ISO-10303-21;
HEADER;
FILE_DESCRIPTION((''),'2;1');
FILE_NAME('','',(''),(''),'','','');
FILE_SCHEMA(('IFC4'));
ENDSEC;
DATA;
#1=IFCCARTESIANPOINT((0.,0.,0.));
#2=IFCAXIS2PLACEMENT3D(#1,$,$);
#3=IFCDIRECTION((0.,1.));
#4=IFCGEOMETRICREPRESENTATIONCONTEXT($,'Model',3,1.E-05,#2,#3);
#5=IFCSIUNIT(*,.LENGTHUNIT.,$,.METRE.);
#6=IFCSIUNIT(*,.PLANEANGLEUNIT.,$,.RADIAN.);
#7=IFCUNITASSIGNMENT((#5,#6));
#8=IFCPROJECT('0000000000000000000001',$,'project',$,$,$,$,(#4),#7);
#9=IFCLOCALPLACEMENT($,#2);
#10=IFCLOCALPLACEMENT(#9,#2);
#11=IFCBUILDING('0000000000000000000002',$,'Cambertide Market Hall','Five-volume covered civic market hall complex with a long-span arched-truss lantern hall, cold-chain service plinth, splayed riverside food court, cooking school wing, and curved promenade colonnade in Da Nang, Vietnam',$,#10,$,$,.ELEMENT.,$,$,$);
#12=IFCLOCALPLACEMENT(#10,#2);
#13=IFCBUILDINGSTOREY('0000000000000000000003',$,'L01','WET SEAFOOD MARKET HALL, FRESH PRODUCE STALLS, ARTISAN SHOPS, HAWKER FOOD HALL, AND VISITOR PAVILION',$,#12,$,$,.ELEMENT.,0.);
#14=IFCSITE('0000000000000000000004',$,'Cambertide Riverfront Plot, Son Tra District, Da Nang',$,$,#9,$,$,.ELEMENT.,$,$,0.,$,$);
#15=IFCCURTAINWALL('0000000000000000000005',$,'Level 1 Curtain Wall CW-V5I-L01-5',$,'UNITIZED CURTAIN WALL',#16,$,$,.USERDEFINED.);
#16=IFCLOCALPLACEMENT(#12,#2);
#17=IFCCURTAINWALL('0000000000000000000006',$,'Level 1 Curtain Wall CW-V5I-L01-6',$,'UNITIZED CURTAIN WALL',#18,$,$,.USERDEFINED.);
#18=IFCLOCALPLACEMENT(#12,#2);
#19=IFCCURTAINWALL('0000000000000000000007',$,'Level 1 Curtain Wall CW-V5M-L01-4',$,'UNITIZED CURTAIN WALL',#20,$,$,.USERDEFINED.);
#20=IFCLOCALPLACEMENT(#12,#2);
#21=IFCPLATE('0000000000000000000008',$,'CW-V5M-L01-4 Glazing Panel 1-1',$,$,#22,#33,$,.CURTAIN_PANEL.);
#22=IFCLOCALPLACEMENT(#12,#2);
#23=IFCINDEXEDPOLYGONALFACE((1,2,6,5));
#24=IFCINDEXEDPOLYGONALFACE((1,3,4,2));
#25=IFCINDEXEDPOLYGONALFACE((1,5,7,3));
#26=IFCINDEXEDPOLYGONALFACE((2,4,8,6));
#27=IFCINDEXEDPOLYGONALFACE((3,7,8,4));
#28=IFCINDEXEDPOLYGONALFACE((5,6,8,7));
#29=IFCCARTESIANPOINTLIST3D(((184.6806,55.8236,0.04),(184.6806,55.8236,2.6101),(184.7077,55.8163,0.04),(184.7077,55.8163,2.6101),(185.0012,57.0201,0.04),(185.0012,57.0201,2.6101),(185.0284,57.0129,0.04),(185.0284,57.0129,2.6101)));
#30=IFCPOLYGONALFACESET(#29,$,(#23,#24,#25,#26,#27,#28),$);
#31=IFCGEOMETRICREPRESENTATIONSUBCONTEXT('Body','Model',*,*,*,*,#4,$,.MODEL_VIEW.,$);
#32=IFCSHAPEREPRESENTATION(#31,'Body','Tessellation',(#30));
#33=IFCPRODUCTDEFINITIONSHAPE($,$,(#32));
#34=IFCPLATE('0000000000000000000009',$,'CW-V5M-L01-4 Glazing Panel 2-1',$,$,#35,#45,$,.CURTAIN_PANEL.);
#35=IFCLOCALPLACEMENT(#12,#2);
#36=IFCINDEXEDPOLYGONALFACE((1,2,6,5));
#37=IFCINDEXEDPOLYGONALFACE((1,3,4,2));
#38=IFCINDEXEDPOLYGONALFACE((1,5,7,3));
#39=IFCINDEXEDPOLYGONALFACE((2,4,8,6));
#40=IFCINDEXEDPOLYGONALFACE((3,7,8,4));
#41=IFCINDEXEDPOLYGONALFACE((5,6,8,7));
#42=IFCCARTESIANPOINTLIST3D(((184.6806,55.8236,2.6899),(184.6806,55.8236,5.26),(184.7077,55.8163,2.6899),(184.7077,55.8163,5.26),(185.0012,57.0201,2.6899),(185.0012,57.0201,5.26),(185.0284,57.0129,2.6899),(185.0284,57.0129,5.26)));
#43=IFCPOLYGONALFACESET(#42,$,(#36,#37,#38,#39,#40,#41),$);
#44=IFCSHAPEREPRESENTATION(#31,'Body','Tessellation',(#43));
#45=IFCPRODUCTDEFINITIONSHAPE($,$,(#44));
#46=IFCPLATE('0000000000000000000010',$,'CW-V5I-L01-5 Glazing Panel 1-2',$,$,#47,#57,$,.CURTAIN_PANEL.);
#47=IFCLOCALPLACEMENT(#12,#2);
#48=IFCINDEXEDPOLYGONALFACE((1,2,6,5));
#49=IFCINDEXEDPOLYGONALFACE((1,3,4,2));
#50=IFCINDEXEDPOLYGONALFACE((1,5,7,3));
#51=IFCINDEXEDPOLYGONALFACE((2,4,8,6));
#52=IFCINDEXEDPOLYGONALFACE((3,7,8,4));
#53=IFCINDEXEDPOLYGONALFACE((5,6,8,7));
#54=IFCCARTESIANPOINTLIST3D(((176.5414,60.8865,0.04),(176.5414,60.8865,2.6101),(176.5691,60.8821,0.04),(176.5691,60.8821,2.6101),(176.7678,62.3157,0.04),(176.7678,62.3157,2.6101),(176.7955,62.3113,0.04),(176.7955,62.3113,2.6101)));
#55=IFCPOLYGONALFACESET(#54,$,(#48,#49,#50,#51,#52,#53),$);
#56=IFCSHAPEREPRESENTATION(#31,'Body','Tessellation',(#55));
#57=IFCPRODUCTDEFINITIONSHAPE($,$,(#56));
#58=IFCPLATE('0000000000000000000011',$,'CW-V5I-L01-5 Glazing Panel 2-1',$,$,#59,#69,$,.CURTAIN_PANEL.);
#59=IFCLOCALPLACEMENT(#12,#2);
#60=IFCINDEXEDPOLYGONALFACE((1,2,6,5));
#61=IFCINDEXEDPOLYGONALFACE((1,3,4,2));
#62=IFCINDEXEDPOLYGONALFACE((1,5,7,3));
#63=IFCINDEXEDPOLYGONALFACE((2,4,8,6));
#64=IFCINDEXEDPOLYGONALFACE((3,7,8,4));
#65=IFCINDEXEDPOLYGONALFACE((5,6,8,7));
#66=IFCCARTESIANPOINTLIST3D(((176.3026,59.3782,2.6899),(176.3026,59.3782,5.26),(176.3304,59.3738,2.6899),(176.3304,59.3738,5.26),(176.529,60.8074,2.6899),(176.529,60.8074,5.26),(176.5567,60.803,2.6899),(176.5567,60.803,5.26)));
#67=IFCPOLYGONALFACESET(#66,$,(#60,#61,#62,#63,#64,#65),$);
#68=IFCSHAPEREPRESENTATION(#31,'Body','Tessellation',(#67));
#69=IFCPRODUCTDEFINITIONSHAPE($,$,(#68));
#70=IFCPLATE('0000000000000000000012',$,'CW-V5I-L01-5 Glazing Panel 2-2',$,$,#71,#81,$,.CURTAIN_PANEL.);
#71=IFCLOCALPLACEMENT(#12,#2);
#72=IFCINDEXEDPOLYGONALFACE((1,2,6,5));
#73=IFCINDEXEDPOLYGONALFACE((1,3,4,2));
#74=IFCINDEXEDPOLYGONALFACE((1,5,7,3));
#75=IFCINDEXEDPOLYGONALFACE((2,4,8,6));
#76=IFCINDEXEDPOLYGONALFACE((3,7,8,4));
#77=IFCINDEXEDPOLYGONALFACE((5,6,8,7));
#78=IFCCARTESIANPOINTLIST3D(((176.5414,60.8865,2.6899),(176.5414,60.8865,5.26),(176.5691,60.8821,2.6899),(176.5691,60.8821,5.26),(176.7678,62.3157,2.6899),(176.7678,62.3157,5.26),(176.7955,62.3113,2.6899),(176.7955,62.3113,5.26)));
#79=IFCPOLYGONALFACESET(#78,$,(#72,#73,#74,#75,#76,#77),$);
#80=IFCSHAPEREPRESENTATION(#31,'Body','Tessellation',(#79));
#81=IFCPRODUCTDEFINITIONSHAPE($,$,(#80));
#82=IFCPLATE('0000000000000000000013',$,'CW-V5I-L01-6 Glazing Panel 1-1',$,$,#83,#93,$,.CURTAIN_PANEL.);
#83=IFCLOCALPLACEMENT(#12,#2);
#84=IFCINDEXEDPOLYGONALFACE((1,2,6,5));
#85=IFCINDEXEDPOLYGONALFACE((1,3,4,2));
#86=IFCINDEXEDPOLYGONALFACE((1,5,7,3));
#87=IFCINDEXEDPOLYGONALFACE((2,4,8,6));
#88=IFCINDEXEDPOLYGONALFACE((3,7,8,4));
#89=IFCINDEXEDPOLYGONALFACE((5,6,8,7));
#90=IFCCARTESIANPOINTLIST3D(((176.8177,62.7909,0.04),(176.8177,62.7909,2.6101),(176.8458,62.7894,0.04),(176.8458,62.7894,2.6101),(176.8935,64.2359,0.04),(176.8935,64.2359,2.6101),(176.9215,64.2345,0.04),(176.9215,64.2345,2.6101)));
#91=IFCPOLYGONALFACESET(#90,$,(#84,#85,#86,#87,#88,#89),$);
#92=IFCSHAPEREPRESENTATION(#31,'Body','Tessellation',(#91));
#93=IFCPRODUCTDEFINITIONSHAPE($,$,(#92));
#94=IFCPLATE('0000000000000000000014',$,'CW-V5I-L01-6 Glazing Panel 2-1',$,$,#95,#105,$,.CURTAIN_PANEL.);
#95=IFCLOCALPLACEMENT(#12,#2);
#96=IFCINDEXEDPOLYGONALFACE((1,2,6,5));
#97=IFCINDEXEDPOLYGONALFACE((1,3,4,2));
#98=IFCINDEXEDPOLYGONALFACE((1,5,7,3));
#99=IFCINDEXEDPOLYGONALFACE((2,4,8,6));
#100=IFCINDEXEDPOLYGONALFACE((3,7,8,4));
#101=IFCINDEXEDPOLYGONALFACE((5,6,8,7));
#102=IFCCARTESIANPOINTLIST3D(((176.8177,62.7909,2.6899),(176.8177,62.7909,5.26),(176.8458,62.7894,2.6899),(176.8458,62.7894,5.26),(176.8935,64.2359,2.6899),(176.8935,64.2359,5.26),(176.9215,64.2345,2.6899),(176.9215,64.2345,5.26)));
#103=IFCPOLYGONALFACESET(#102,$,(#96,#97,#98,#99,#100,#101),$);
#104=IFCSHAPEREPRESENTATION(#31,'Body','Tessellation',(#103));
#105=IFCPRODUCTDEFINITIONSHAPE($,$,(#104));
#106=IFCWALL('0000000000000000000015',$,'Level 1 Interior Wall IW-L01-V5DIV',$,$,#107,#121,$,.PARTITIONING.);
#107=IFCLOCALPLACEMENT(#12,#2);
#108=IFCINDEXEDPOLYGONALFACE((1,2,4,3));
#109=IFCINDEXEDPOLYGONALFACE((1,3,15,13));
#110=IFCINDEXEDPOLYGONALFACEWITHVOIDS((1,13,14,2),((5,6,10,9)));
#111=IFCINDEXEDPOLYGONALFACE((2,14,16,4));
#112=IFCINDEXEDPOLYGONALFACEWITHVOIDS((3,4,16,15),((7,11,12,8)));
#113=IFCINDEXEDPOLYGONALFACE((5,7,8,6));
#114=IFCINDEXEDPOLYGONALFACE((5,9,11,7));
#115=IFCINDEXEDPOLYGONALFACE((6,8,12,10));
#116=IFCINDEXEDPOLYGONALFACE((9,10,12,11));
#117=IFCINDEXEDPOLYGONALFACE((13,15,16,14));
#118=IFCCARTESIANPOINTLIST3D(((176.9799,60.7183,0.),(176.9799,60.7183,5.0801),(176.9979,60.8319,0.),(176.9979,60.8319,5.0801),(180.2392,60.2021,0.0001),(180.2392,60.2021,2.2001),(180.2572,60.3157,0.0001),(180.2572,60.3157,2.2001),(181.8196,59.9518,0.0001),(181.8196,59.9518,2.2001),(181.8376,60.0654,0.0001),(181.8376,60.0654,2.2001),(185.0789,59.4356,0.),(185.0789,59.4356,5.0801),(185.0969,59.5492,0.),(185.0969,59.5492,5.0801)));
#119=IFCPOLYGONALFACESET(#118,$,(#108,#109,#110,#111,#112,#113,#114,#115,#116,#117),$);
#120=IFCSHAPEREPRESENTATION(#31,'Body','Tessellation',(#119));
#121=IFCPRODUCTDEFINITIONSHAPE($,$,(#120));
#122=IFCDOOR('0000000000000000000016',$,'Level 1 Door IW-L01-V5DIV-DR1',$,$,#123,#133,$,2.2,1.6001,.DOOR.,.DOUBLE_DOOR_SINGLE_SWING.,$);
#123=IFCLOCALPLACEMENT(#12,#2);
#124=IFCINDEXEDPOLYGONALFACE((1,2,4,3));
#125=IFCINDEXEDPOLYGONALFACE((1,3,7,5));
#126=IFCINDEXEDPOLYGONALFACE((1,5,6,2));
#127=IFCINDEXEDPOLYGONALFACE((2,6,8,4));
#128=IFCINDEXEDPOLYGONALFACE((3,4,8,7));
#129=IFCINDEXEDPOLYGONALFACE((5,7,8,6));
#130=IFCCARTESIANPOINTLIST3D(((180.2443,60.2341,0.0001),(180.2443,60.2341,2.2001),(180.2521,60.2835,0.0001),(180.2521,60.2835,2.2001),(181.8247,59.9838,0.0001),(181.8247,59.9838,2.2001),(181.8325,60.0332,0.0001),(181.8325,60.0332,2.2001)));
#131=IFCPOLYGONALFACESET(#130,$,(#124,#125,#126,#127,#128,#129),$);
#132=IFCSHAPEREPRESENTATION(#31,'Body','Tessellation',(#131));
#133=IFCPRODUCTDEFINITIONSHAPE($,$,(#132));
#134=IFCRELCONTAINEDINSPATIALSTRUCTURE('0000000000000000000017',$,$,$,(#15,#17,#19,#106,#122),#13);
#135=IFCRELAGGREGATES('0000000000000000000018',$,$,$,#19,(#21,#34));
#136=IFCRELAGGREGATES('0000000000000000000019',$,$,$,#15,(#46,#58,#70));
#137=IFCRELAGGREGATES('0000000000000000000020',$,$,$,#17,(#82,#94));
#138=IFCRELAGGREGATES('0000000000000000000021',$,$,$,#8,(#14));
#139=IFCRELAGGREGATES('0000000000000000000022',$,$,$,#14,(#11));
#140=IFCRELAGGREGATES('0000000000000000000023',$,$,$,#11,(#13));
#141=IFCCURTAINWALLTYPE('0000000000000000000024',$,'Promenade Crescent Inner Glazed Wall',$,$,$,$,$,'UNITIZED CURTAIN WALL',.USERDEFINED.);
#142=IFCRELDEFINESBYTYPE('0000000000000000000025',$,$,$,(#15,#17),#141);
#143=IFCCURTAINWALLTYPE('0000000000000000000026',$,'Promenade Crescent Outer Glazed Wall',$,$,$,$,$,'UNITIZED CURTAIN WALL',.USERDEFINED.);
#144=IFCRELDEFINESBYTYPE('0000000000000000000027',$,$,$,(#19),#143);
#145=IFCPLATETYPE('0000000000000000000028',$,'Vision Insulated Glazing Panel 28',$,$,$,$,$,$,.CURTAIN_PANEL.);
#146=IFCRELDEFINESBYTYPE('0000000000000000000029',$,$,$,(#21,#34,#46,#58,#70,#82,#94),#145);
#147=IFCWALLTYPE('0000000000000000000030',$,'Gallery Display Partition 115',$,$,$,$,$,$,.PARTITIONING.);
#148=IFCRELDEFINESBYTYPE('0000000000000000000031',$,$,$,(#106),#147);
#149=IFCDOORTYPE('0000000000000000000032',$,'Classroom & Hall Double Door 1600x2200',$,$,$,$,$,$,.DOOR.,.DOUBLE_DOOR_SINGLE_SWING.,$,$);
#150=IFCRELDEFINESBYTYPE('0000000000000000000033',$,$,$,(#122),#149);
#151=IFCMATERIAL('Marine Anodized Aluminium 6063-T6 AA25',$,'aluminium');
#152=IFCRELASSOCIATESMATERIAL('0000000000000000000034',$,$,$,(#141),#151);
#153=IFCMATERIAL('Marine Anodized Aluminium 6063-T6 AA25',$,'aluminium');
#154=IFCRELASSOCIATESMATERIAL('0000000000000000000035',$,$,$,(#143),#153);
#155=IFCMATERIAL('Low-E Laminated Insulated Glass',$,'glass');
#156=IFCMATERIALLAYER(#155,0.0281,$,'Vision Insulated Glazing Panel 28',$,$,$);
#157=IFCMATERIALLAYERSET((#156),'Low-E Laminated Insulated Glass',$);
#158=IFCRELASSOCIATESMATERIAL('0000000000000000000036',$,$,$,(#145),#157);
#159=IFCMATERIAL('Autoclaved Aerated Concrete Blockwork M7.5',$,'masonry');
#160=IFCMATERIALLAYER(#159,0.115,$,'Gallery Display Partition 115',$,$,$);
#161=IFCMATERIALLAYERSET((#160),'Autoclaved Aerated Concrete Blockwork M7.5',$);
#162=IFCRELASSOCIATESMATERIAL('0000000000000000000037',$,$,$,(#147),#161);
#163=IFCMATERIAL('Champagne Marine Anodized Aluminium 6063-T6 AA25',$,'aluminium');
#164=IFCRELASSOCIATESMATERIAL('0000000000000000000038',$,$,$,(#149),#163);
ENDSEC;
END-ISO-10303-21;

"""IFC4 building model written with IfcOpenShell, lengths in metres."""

from ifc_helpers import new_model, si_unit, direction, frame, frame_2d, origin, origin_2d, place, context, subcontext, project, spatial, rectangle, extrude, material, layer, layer_set, type_object, element, fill, aggregate, save


model = new_model("IFC4")

# Units and contexts
model_context = context("Model", 3, precision=1e-05, world=origin(), true_north=direction((0.0, 1.0)))
body_context = subcontext(model_context, "Body", "Model", "MODEL_VIEW")
ifc_project = project(units=[si_unit("LENGTHUNIT", "METRE"), si_unit("PLANEANGLEUNIT", "RADIAN")], contexts=[model_context])

# Site, building, storey
site_placement = place(None, origin())
site = spatial("IfcSite", under=ifc_project, at=site_placement, Name="Cambertide Riverfront Plot, Son Tra District, Da Nang", CompositionType="ELEMENT", RefElevation=0.0)
building_placement = place(site_placement, origin())
building = spatial("IfcBuilding", under=site, at=building_placement, Name="Cambertide Market Hall", Description="Five-volume covered civic market hall complex with a long-span arched-truss lantern hall, cold-chain service plinth, splayed riverside food court, cooking school wing, and curved promenade colonnade in Da Nang, Vietnam", CompositionType="ELEMENT")
storey_placement = place(building_placement, origin())
storey = spatial("IfcBuildingStorey", under=building, at=storey_placement, Name="L01", Description="WET SEAFOOD MARKET HALL, FRESH PRODUCE STALLS, ARTISAN SHOPS, HAWKER FOOD HALL, AND VISITOR PAVILION", CompositionType="ELEMENT", Elevation=0.0)

# Curtain walls
ifc_material_1 = material(Name="Marine Anodized Aluminium 6063-T6 AA25", Category="aluminium")
curtain_wall_type_1 = type_object("IfcCurtainWallType", Name="Promenade Crescent Inner Glazed Wall", ElementType="UNITIZED CURTAIN WALL", PredefinedType="USERDEFINED", material=ifc_material_1)
curtain_wall_1_placement = place(storey_placement, origin())
curtain_wall_1 = element("IfcCurtainWall", 1, at=curtain_wall_1_placement, inside=storey, type_object=curtain_wall_type_1, Name="Level 1 Curtain Wall CW-V5I-L01-5", ObjectType="UNITIZED CURTAIN WALL", PredefinedType="USERDEFINED")
curtain_wall_2_placement = place(storey_placement, origin())
curtain_wall_2 = element("IfcCurtainWall", 2, at=curtain_wall_2_placement, inside=storey, type_object=curtain_wall_type_1, Name="Level 1 Curtain Wall CW-V5I-L01-6", ObjectType="UNITIZED CURTAIN WALL", PredefinedType="USERDEFINED")
ifc_material_2 = material(Name="Marine Anodized Aluminium 6063-T6 AA25", Category="aluminium")
curtain_wall_type_2 = type_object("IfcCurtainWallType", Name="Promenade Crescent Outer Glazed Wall", ElementType="UNITIZED CURTAIN WALL", PredefinedType="USERDEFINED", material=ifc_material_2)
curtain_wall_3_placement = place(storey_placement, origin())
curtain_wall_3 = element("IfcCurtainWall", 3, at=curtain_wall_3_placement, inside=storey, type_object=curtain_wall_type_2, Name="Level 1 Curtain Wall CW-V5M-L01-4", ObjectType="UNITIZED CURTAIN WALL", PredefinedType="USERDEFINED")

# Plates
ifc_material_3 = material(Name="Low-E Laminated Insulated Glass", Category="glass")
ifc_layer_1 = layer(ifc_material_3, 0.0281, Name="Vision Insulated Glazing Panel 28")
ifc_layer_set_1 = layer_set([ifc_layer_1], Name="Low-E Laminated Insulated Glass")
plate_type = type_object("IfcPlateType", Name="Vision Insulated Glazing Panel 28", PredefinedType="CURTAIN_PANEL", material=ifc_layer_set_1)
plate_1_placement = place(storey_placement, frame((184.8545, 56.4182, 0.04), z_axis=(0.0, 0.0, 1.0), x_axis=(-0.258819, -0.965926, 0.0)))
plate_1 = element("IfcPlate", 4, at=plate_1_placement, type_object=plate_type, Name="CW-V5M-L01-4 Glazing Panel 1-1", PredefinedType="CURTAIN_PANEL", context=body_context, shape_type="SweptSolid", body=[
    extrude(rectangle(XDim=1.2388, YDim=0.0281, at=origin_2d()), origin(), (0.0, 0.0, 1.0), 2.5701),
])
plate_2_placement = place(storey_placement, frame((184.8545, 56.4182, 2.6899), z_axis=(0.0, 0.0, 1.0), x_axis=(-0.258819, -0.965926, 0.0)))
plate_2 = element("IfcPlate", 5, at=plate_2_placement, type_object=plate_type, Name="CW-V5M-L01-4 Glazing Panel 2-1", PredefinedType="CURTAIN_PANEL", context=body_context, shape_type="SweptSolid", body=[
    extrude(rectangle(XDim=1.2388, YDim=0.0281, at=origin_2d()), origin(), (0.0, 0.0, 1.0), 2.5701),
])
aggregate(curtain_wall_3, [plate_1, plate_2])
plate_3_placement = place(storey_placement, frame((176.6685, 61.5989, 0.04), z_axis=(0.0, 0.0, 1.0), x_axis=(0.156435, 0.987688, 0.0)))
plate_3 = element("IfcPlate", 6, at=plate_3_placement, type_object=plate_type, Name="CW-V5I-L01-5 Glazing Panel 1-2", PredefinedType="CURTAIN_PANEL", context=body_context, shape_type="SweptSolid", body=[
    extrude(rectangle(XDim=1.447, YDim=0.0281, at=origin_2d()), origin(), (0.0, 0.0, 1.0), 2.5701),
])
plate_4_placement = place(storey_placement, frame((176.4297, 60.0906, 2.6899), z_axis=(0.0, 0.0, 1.0), x_axis=(0.156435, 0.987688, 0.0)))
plate_4 = element("IfcPlate", 7, at=plate_4_placement, type_object=plate_type, Name="CW-V5I-L01-5 Glazing Panel 2-1", PredefinedType="CURTAIN_PANEL", context=body_context, shape_type="SweptSolid", body=[
    extrude(rectangle(XDim=1.447, YDim=0.0281, at=origin_2d()), origin(), (0.0, 0.0, 1.0), 2.5701),
])
plate_5_placement = place(storey_placement, frame((176.6685, 61.5989, 2.6899), z_axis=(0.0, 0.0, 1.0), x_axis=(0.156435, 0.987688, 0.0)))
plate_5 = element("IfcPlate", 8, at=plate_5_placement, type_object=plate_type, Name="CW-V5I-L01-5 Glazing Panel 2-2", PredefinedType="CURTAIN_PANEL", context=body_context, shape_type="SweptSolid", body=[
    extrude(rectangle(XDim=1.447, YDim=0.0281, at=origin_2d()), origin(), (0.0, 0.0, 1.0), 2.5701),
])
aggregate(curtain_wall_1, [plate_3, plate_4, plate_5])
plate_6_placement = place(storey_placement, frame((176.8696, 63.5127, 0.04), z_axis=(0.0, 0.0, 1.0), x_axis=(0.052336, 0.99863, 0.0)))
plate_6 = element("IfcPlate", 9, at=plate_6_placement, type_object=plate_type, Name="CW-V5I-L01-6 Glazing Panel 1-1", PredefinedType="CURTAIN_PANEL", context=body_context, shape_type="SweptSolid", body=[
    extrude(rectangle(XDim=1.447, YDim=0.0281, at=origin_2d()), origin(), (0.0, 0.0, 1.0), 2.5701),
])
plate_7_placement = place(storey_placement, frame((176.8696, 63.5127, 2.6899), z_axis=(0.0, 0.0, 1.0), x_axis=(0.052336, 0.99863, 0.0)))
plate_7 = element("IfcPlate", 10, at=plate_7_placement, type_object=plate_type, Name="CW-V5I-L01-6 Glazing Panel 2-1", PredefinedType="CURTAIN_PANEL", context=body_context, shape_type="SweptSolid", body=[
    extrude(rectangle(XDim=1.447, YDim=0.0281, at=origin_2d()), origin(), (0.0, 0.0, 1.0), 2.5701),
])
aggregate(curtain_wall_2, [plate_6, plate_7])

# Wall, opening, door
ifc_material_4 = material(Name="Autoclaved Aerated Concrete Blockwork M7.5", Category="masonry")
ifc_layer_2 = layer(ifc_material_4, 0.115, Name="Gallery Display Partition 115")
ifc_layer_set_2 = layer_set([ifc_layer_2], Name="Autoclaved Aerated Concrete Blockwork M7.5")
wall_type = type_object("IfcWallType", Name="Gallery Display Partition 115", PredefinedType="PARTITIONING", material=ifc_layer_set_2)
wall_placement = place(storey_placement, frame((176.9888, 60.7751, 0.0), z_axis=(0.0, 0.0, 1.0), x_axis=(0.987689, -0.156427, 0.0)))
wall = element("IfcWall", 11, at=wall_placement, inside=storey, type_object=wall_type, Name="Level 1 Interior Wall IW-L01-V5DIV", PredefinedType="PARTITIONING", context=body_context, shape_type="SweptSolid", body=[
    extrude(rectangle(XDim=8.2, YDim=0.115, at=frame_2d((4.1001, 0.0))), origin(), (0.0, 0.0, 1.0), 5.0801),
])
opening_placement = place(wall_placement, frame((3.3, 0.0, 0.0)))
opening = element("IfcOpeningElement", 12, at=opening_placement, cuts=wall, PredefinedType="OPENING", context=body_context, shape_type="SweptSolid", body=[
    extrude(rectangle(XDim=1.6001, YDim=2.2, at=frame_2d((0.8, 1.1001))), frame((0.0, 0.0674, 0.0), z_axis=(0.0, -1.0, 0.0), x_axis=(1.0, 0.0, 0.0)), (0.0, 0.0, 1.0), 0.135),
])
ifc_material_5 = material(Name="Champagne Marine Anodized Aluminium 6063-T6 AA25", Category="aluminium")
door_type = type_object("IfcDoorType", Name="Classroom & Hall Double Door 1600x2200", OperationType="DOUBLE_DOOR_SINGLE_SWING", PredefinedType="DOOR", material=ifc_material_5)
door_placement = place(opening_placement, origin())
door = element("IfcDoor", 13, at=door_placement, inside=storey, type_object=door_type, Name="Level 1 Door IW-L01-V5DIV-DR1", OperationType="DOUBLE_DOOR_SINGLE_SWING", OverallHeight=2.2, OverallWidth=1.6001, PredefinedType="DOOR", context=body_context, shape_type="SweptSolid", body=[
    extrude(rectangle(XDim=1.6001, YDim=2.2, at=frame_2d((0.8, 1.1001))), frame((0.0, 0.0249, 0.0), z_axis=(0.0, -1.0, 0.0), x_axis=(1.0, 0.0, 0.0)), (0.0, 0.0, 1.0), 0.05),
])
fill(opening, door)

save(model, "model.ifc")
